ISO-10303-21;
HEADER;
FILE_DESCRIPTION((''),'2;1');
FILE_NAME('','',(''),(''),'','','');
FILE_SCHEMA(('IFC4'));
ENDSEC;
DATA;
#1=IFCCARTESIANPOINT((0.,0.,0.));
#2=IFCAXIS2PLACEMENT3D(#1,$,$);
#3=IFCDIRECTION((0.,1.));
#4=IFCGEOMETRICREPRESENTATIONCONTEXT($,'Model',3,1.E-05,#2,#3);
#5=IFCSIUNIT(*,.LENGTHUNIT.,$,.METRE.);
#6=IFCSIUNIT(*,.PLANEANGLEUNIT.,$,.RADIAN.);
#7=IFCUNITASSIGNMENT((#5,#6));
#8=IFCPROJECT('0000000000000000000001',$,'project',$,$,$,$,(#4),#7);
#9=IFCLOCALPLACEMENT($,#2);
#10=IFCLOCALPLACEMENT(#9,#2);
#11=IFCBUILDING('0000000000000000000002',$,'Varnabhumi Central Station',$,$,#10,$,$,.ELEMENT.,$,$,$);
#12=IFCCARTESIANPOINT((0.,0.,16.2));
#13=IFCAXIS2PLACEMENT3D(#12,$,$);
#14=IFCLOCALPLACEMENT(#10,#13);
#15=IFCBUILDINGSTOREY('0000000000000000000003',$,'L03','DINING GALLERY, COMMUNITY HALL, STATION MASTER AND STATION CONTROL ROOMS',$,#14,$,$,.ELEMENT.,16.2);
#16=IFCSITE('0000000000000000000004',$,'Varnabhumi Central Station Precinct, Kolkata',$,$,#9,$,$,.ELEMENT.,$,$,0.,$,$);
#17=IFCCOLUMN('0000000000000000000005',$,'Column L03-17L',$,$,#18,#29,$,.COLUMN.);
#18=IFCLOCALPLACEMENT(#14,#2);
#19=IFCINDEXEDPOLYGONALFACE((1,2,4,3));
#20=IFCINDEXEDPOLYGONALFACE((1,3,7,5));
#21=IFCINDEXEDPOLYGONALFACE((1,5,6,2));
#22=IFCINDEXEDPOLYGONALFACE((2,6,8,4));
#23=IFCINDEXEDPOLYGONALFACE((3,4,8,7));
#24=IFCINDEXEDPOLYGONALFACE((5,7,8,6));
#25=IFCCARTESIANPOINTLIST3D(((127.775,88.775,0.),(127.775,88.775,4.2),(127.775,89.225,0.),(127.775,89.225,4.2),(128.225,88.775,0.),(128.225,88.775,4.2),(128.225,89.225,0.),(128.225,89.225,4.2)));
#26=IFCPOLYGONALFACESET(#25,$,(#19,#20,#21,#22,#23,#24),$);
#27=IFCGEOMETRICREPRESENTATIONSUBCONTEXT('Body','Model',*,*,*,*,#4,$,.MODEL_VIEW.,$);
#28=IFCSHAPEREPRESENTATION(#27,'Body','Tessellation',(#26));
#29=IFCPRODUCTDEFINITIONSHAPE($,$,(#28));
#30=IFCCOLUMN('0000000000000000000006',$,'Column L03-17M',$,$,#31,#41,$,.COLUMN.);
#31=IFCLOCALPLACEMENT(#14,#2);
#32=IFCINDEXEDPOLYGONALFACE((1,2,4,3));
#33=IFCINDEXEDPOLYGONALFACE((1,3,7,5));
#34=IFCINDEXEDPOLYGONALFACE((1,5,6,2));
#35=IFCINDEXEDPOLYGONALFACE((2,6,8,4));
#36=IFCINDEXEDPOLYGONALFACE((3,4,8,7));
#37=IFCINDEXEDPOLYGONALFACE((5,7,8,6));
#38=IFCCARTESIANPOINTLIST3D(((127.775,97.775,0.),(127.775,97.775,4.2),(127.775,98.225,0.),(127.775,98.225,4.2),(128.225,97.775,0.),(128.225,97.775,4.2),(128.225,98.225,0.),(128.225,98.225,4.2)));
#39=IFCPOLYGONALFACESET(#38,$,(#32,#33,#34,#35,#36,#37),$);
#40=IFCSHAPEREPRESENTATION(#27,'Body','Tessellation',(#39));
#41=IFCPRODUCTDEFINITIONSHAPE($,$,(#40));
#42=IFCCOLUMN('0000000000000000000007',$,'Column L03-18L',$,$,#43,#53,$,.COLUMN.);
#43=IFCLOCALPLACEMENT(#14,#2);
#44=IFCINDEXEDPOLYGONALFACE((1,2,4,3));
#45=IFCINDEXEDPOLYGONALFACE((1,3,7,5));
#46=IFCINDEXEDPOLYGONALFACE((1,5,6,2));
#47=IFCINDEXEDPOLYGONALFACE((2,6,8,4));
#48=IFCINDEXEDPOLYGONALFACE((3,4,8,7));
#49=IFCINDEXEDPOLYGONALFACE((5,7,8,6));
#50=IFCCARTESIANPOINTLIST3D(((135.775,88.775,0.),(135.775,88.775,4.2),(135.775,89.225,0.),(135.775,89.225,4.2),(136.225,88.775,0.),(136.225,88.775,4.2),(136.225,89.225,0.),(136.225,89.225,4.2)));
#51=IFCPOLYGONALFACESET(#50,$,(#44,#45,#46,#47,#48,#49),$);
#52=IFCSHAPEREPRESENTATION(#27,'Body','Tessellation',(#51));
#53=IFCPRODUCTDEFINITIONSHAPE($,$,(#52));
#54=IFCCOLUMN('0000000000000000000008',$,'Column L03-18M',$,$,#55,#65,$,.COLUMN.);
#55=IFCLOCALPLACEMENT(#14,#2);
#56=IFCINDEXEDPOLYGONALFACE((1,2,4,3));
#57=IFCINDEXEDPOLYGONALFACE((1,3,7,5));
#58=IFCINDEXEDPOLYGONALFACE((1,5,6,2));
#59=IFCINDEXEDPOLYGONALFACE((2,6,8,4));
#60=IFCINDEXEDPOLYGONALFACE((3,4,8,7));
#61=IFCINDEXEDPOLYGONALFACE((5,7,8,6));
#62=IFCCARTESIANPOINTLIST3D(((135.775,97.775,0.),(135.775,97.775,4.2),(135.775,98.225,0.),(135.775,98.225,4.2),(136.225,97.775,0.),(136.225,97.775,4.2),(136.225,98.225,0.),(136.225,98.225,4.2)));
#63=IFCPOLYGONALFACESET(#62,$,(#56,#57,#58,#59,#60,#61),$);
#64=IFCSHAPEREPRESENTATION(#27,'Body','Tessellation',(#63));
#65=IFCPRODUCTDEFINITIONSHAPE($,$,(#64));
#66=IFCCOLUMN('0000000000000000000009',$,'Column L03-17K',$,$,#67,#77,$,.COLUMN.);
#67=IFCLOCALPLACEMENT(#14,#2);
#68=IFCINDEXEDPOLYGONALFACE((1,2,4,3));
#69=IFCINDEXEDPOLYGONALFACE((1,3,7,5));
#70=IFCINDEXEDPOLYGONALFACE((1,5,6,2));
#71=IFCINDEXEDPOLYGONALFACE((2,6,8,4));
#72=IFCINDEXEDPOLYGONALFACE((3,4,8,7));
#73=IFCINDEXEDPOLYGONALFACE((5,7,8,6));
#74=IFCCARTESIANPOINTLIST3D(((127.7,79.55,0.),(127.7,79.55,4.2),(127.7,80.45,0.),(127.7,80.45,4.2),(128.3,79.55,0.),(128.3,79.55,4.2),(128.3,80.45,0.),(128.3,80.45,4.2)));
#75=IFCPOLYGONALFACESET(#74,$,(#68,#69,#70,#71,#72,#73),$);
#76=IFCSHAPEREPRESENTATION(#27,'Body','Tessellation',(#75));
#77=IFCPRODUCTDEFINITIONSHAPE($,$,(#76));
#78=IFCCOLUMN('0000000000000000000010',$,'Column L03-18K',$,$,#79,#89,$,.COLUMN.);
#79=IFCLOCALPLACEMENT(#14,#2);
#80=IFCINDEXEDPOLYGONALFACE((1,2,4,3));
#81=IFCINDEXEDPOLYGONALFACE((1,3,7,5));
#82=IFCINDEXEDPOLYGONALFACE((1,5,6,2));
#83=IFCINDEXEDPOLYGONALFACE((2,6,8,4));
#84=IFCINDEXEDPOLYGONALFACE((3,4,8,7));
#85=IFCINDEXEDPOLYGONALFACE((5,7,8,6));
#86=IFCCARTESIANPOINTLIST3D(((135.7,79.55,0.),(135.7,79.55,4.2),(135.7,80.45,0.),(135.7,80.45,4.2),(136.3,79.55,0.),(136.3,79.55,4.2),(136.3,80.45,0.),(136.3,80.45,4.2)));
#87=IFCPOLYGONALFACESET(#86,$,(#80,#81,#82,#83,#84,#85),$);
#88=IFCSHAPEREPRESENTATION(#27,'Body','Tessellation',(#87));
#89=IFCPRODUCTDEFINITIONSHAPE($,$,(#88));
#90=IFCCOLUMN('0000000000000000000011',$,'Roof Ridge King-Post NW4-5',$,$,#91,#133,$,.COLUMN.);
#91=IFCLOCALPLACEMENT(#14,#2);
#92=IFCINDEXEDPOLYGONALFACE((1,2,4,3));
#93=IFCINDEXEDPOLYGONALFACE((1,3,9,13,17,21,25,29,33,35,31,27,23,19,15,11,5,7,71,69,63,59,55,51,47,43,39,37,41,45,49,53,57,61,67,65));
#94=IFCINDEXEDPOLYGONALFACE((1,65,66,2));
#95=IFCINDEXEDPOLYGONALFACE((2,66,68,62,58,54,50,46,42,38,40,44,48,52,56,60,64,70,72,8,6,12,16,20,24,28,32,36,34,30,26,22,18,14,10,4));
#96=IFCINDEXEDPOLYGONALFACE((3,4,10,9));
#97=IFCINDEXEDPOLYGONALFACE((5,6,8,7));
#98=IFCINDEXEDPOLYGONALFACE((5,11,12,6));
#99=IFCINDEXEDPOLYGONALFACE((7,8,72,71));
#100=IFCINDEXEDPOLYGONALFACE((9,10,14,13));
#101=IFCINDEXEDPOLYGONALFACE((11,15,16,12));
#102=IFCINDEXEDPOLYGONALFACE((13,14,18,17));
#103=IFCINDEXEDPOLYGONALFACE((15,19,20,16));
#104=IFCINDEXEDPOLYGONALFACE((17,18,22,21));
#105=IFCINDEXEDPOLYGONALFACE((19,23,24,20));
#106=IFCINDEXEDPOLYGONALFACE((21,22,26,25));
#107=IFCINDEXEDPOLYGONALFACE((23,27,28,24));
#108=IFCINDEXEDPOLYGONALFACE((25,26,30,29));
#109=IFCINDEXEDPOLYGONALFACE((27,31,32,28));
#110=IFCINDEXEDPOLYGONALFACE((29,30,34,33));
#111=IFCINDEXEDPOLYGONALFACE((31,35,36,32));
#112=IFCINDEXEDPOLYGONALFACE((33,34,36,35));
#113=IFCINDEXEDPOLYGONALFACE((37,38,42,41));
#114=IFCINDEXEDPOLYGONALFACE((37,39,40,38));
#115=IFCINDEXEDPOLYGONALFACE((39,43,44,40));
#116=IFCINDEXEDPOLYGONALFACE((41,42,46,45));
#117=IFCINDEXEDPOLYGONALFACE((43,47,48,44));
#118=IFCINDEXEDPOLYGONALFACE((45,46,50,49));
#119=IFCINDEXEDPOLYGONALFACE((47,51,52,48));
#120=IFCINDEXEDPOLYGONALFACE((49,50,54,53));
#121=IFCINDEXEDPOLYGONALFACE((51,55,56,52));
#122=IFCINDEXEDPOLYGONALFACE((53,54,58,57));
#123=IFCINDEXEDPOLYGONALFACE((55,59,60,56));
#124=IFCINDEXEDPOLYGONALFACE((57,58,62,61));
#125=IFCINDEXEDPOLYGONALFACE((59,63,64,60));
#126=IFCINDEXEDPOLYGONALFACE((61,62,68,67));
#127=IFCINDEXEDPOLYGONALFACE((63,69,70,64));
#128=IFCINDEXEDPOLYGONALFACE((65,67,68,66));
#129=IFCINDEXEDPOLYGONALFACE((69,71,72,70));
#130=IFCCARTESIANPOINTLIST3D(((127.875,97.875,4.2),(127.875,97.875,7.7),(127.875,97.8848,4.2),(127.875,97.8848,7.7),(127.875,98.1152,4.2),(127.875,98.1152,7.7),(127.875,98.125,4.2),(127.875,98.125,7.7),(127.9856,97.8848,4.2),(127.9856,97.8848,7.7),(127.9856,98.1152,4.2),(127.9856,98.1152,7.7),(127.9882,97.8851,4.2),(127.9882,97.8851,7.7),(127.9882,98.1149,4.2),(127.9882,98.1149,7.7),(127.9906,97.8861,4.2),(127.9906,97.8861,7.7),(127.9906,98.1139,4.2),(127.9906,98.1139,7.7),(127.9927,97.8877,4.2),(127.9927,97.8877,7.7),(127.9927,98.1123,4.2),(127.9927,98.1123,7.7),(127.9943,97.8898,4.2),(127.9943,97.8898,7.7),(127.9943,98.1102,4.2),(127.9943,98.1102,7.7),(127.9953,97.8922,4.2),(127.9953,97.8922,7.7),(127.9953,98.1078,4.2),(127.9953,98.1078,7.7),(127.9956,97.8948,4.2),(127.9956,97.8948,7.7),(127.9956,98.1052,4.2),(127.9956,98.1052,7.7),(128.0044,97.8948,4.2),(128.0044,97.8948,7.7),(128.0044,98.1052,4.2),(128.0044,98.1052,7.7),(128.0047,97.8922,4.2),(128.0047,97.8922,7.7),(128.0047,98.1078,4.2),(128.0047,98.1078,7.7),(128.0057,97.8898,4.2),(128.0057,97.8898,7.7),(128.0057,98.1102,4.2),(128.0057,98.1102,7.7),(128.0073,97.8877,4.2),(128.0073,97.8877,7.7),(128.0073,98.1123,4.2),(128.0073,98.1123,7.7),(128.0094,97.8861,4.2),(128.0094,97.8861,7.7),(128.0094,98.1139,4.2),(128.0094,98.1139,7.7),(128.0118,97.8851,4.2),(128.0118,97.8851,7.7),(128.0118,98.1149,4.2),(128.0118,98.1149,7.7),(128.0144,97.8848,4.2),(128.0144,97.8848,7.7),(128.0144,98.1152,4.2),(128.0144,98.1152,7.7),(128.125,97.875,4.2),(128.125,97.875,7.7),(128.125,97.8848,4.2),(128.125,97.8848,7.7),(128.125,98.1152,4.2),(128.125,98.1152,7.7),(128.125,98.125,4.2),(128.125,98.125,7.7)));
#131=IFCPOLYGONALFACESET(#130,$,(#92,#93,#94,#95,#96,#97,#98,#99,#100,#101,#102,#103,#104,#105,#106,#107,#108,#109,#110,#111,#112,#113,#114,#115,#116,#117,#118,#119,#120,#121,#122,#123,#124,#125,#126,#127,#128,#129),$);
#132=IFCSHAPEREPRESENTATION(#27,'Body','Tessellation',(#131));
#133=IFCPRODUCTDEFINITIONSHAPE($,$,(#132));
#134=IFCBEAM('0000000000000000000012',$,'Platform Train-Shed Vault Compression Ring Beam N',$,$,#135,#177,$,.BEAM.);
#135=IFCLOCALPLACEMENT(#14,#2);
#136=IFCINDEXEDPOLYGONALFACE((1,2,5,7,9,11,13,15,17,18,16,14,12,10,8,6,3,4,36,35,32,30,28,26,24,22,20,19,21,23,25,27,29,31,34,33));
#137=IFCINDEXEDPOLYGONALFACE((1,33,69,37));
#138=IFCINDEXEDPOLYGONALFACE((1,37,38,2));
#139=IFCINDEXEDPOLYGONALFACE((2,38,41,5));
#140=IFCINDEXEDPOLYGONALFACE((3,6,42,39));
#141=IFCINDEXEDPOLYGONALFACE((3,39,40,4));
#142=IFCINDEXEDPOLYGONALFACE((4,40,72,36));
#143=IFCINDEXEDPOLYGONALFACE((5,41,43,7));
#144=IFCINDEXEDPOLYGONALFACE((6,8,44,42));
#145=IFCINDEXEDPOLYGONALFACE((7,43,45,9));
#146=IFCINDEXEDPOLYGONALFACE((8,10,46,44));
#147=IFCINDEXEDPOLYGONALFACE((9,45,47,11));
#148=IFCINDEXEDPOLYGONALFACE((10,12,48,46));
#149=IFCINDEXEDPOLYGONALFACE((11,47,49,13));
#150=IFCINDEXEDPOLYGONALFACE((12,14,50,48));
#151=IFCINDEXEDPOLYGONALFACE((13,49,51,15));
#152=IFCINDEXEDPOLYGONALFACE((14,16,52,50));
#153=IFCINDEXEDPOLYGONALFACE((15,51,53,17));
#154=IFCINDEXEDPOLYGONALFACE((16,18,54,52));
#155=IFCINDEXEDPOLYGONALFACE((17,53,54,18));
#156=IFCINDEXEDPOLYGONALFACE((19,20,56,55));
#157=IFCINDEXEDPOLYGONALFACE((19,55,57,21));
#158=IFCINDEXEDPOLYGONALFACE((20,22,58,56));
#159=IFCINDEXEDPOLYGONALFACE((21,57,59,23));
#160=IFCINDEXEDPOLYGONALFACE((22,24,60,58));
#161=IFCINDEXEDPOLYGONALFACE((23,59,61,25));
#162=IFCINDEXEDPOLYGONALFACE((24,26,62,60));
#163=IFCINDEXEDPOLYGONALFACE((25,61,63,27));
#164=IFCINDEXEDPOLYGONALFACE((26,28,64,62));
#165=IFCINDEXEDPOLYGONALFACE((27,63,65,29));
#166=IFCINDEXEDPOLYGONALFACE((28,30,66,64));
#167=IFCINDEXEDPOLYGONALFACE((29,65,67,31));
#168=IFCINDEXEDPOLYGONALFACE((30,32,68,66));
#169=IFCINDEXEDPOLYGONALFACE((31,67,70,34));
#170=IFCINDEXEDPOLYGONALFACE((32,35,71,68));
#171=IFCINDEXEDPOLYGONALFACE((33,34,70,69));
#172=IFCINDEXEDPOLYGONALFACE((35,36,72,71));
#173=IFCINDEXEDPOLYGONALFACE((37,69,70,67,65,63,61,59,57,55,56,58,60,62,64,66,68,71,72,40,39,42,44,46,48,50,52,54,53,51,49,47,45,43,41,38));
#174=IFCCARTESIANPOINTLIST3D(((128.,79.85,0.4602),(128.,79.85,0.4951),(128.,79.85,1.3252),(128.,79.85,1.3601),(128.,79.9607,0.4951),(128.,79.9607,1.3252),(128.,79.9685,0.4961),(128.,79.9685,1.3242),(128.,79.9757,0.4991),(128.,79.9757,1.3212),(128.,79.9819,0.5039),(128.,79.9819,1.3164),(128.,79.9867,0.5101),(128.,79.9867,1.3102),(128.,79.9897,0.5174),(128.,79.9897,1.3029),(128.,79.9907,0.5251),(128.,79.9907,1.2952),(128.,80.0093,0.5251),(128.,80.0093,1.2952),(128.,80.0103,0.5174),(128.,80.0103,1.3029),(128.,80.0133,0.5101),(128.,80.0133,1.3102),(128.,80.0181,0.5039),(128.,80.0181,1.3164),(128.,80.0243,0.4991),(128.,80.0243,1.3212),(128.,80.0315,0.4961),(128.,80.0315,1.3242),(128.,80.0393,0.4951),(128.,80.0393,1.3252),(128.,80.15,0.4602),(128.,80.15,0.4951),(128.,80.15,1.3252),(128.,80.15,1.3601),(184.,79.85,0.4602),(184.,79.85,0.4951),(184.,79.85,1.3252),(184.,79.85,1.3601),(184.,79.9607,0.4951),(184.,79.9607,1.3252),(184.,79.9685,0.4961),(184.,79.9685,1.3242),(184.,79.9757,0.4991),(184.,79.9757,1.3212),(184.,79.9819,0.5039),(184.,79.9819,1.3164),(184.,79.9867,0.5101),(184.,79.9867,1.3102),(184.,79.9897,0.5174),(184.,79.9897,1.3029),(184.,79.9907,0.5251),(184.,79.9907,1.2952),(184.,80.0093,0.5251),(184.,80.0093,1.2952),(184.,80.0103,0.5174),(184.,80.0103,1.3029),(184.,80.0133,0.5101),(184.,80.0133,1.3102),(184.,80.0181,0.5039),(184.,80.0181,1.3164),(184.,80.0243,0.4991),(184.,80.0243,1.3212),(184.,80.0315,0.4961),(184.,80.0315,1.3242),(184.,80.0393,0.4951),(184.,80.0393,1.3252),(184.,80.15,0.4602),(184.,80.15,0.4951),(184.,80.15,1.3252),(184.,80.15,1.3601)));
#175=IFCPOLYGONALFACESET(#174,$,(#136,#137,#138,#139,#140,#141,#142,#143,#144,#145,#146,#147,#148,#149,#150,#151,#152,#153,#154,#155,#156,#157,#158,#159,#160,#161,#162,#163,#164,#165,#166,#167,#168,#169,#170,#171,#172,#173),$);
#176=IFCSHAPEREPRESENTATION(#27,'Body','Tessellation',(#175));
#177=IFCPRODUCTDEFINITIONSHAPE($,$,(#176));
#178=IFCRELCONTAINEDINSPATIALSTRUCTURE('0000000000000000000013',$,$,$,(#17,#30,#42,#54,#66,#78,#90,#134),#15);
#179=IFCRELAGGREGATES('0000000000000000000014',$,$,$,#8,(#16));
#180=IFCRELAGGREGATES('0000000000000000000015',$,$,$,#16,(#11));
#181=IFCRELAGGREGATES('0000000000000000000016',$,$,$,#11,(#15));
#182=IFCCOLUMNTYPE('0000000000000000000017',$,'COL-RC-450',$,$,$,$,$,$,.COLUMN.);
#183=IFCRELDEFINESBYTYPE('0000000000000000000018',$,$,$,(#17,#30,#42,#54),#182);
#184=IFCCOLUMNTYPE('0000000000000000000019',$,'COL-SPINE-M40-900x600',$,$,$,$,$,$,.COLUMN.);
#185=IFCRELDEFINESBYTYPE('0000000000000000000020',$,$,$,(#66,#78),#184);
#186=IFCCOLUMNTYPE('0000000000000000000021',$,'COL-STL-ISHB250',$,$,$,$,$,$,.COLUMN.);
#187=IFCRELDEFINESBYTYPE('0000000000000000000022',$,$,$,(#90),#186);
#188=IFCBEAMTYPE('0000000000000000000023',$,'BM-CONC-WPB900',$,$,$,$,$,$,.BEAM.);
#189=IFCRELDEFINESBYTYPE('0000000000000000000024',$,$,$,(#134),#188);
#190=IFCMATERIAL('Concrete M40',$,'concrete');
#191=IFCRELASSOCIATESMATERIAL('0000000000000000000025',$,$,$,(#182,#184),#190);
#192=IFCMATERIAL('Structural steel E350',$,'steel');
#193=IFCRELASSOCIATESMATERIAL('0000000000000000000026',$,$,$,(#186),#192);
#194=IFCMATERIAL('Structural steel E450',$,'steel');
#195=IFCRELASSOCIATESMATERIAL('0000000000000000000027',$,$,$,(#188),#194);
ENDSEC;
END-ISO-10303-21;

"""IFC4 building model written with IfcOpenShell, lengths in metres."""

from ifc_helpers import new_model, si_unit, direction, frame, origin, origin_2d, place, context, subcontext, project, spatial, rectangle, i_section, extrude, material, material_profile, profile_set, type_object, element, save


model = new_model("IFC4")

# Units and contexts
model_context = context("Model", 3, precision=1e-05, world=origin(), true_north=direction((0.0, 1.0)))
body_context = subcontext(model_context, "Body", "Model", "MODEL_VIEW")
ifc_project = project(units=[si_unit("LENGTHUNIT", "METRE"), si_unit("PLANEANGLEUNIT", "RADIAN")], contexts=[model_context])

# Site, building, storey
site_placement = place(None, origin())
site = spatial("IfcSite", under=ifc_project, at=site_placement, Name="Varnabhumi Central Station Precinct, Kolkata", CompositionType="ELEMENT", RefElevation=0.0)
building_placement = place(site_placement, origin())
building = spatial("IfcBuilding", under=site, at=building_placement, Name="Varnabhumi Central Station", CompositionType="ELEMENT")
storey_placement = place(building_placement, frame((0.0, 0.0, 16.2)))
storey = spatial("IfcBuildingStorey", under=building, at=storey_placement, Name="L03", Description="DINING GALLERY, COMMUNITY HALL, STATION MASTER AND STATION CONTROL ROOMS", CompositionType="ELEMENT", Elevation=16.2)

# Columns
ifc_material_1 = material(Name="Concrete M40", Category="concrete")
ifc_material_profile_1 = material_profile(ifc_material_1, rectangle(XDim=0.45, YDim=0.45, at=origin_2d()), Name="Concrete M40", Category="concrete")
ifc_profile_set_1 = profile_set([ifc_material_profile_1], Name="Concrete M40")
column_type_1 = type_object("IfcColumnType", Name="COL-RC-450", PredefinedType="COLUMN", material=ifc_profile_set_1)
for number, where, z_axis, x_axis, name in (
    (1, (128.0, 89.0, 0.0), (0.0, 0.0, 1.0), (1.0, 0.0, 0.0), "Column L03-17L"),
    (2, (128.0, 98.0, 0.0), (0.0, 0.0, 1.0), (1.0, 0.0, 0.0), "Column L03-17M"),
    (3, (136.0, 89.0, 0.0), (0.0, 0.0, 1.0), (1.0, 0.0, 0.0), "Column L03-18L"),
    (4, (136.0, 98.0, 0.0), (0.0, 0.0, 1.0), (1.0, 0.0, 0.0), "Column L03-18M"),
):
    element("IfcColumn", number, at=place(storey_placement, frame(where, z_axis=z_axis, x_axis=x_axis)), inside=storey, type_object=column_type_1, Name=name, PredefinedType="COLUMN", context=body_context, shape_type="SweptSolid", body=[
        extrude(rectangle(XDim=0.45, YDim=0.45, at=origin_2d()), origin(), (0.0, 0.0, 1.0), 4.2),
    ])
ifc_material_profile_2 = material_profile(ifc_material_1, rectangle(XDim=0.6001, YDim=0.8999, at=origin_2d()), Name="Concrete M40", Category="concrete")
ifc_profile_set_2 = profile_set([ifc_material_profile_2], Name="Concrete M40")
column_type_2 = type_object("IfcColumnType", Name="COL-SPINE-M40-900x600", PredefinedType="COLUMN", material=ifc_profile_set_2)
for number, where, z_axis, x_axis, name in (
    (5, (128.0, 80.0, 0.0), (0.0, 0.0, 1.0), (1.0, 0.0, 0.0), "Column L03-17K"),
    (6, (136.0, 80.0, 0.0), (0.0, 0.0, 1.0), (1.0, 0.0, 0.0), "Column L03-18K"),
):
    element("IfcColumn", number, at=place(storey_placement, frame(where, z_axis=z_axis, x_axis=x_axis)), inside=storey, type_object=column_type_2, Name=name, PredefinedType="COLUMN", context=body_context, shape_type="SweptSolid", body=[
        extrude(rectangle(XDim=0.6001, YDim=0.8999, at=origin_2d()), origin(), (0.0, 0.0, 1.0), 4.2),
    ])
ifc_material_2 = material(Name="Structural steel E350", Category="steel")
ifc_material_profile_3 = material_profile(ifc_material_2, i_section(OverallWidth=0.25, OverallDepth=0.25, WebThickness=0.0088, FlangeThickness=0.0098, FilletRadius=0.01, at=origin_2d()), Name="Structural steel E350", Category="steel")
ifc_profile_set_3 = profile_set([ifc_material_profile_3], Name="Structural steel E350")
column_type_3 = type_object("IfcColumnType", Name="COL-STL-ISHB250", PredefinedType="COLUMN", material=ifc_profile_set_3)
column_placement = place(storey_placement, frame((128.0, 98.0, 4.2), z_axis=(0.0, 0.0, 1.0), x_axis=(1.0, 0.0, 0.0)))
element("IfcColumn", 7, at=column_placement, inside=storey, type_object=column_type_3, Name="Roof Ridge King-Post NW4-5", PredefinedType="COLUMN", context=body_context, shape_type="SweptSolid", body=[
    extrude(i_section(OverallWidth=0.25, OverallDepth=0.25, WebThickness=0.0088, FlangeThickness=0.0098, FilletRadius=0.01, at=origin_2d()), origin(), (0.0, 0.0, 1.0), 3.5),
])

# Beam
ifc_material_3 = material(Name="Structural steel E450", Category="steel")
ifc_material_profile_4 = material_profile(ifc_material_3, i_section(OverallWidth=0.3, OverallDepth=0.8999, WebThickness=0.0186, FlangeThickness=0.0349, FilletRadius=0.03, at=origin_2d()), Name="Structural steel E450", Category="steel")
ifc_profile_set_4 = profile_set([ifc_material_profile_4], Name="Structural steel E450")
beam_type_1 = type_object("IfcBeamType", Name="BM-CONC-WPB900", PredefinedType="BEAM", material=ifc_profile_set_4)
beam_1_placement = place(storey_placement, frame((128.0, 80.0, 0.9102), z_axis=(1.0, 0.0, 0.0), x_axis=(0.0, 1.0, 0.0)))
element("IfcBeam", 8, at=beam_1_placement, inside=storey, type_object=beam_type_1, Name="Platform Train-Shed Vault Compression Ring Beam N", PredefinedType="BEAM", context=body_context, shape_type="SweptSolid", body=[
    extrude(i_section(OverallWidth=0.3, OverallDepth=0.8999, WebThickness=0.0186, FlangeThickness=0.0349, FilletRadius=0.03, at=origin_2d()), origin(), (0.0, 0.0, 1.0), 56.0),
])

save(model, "model.ifc")
